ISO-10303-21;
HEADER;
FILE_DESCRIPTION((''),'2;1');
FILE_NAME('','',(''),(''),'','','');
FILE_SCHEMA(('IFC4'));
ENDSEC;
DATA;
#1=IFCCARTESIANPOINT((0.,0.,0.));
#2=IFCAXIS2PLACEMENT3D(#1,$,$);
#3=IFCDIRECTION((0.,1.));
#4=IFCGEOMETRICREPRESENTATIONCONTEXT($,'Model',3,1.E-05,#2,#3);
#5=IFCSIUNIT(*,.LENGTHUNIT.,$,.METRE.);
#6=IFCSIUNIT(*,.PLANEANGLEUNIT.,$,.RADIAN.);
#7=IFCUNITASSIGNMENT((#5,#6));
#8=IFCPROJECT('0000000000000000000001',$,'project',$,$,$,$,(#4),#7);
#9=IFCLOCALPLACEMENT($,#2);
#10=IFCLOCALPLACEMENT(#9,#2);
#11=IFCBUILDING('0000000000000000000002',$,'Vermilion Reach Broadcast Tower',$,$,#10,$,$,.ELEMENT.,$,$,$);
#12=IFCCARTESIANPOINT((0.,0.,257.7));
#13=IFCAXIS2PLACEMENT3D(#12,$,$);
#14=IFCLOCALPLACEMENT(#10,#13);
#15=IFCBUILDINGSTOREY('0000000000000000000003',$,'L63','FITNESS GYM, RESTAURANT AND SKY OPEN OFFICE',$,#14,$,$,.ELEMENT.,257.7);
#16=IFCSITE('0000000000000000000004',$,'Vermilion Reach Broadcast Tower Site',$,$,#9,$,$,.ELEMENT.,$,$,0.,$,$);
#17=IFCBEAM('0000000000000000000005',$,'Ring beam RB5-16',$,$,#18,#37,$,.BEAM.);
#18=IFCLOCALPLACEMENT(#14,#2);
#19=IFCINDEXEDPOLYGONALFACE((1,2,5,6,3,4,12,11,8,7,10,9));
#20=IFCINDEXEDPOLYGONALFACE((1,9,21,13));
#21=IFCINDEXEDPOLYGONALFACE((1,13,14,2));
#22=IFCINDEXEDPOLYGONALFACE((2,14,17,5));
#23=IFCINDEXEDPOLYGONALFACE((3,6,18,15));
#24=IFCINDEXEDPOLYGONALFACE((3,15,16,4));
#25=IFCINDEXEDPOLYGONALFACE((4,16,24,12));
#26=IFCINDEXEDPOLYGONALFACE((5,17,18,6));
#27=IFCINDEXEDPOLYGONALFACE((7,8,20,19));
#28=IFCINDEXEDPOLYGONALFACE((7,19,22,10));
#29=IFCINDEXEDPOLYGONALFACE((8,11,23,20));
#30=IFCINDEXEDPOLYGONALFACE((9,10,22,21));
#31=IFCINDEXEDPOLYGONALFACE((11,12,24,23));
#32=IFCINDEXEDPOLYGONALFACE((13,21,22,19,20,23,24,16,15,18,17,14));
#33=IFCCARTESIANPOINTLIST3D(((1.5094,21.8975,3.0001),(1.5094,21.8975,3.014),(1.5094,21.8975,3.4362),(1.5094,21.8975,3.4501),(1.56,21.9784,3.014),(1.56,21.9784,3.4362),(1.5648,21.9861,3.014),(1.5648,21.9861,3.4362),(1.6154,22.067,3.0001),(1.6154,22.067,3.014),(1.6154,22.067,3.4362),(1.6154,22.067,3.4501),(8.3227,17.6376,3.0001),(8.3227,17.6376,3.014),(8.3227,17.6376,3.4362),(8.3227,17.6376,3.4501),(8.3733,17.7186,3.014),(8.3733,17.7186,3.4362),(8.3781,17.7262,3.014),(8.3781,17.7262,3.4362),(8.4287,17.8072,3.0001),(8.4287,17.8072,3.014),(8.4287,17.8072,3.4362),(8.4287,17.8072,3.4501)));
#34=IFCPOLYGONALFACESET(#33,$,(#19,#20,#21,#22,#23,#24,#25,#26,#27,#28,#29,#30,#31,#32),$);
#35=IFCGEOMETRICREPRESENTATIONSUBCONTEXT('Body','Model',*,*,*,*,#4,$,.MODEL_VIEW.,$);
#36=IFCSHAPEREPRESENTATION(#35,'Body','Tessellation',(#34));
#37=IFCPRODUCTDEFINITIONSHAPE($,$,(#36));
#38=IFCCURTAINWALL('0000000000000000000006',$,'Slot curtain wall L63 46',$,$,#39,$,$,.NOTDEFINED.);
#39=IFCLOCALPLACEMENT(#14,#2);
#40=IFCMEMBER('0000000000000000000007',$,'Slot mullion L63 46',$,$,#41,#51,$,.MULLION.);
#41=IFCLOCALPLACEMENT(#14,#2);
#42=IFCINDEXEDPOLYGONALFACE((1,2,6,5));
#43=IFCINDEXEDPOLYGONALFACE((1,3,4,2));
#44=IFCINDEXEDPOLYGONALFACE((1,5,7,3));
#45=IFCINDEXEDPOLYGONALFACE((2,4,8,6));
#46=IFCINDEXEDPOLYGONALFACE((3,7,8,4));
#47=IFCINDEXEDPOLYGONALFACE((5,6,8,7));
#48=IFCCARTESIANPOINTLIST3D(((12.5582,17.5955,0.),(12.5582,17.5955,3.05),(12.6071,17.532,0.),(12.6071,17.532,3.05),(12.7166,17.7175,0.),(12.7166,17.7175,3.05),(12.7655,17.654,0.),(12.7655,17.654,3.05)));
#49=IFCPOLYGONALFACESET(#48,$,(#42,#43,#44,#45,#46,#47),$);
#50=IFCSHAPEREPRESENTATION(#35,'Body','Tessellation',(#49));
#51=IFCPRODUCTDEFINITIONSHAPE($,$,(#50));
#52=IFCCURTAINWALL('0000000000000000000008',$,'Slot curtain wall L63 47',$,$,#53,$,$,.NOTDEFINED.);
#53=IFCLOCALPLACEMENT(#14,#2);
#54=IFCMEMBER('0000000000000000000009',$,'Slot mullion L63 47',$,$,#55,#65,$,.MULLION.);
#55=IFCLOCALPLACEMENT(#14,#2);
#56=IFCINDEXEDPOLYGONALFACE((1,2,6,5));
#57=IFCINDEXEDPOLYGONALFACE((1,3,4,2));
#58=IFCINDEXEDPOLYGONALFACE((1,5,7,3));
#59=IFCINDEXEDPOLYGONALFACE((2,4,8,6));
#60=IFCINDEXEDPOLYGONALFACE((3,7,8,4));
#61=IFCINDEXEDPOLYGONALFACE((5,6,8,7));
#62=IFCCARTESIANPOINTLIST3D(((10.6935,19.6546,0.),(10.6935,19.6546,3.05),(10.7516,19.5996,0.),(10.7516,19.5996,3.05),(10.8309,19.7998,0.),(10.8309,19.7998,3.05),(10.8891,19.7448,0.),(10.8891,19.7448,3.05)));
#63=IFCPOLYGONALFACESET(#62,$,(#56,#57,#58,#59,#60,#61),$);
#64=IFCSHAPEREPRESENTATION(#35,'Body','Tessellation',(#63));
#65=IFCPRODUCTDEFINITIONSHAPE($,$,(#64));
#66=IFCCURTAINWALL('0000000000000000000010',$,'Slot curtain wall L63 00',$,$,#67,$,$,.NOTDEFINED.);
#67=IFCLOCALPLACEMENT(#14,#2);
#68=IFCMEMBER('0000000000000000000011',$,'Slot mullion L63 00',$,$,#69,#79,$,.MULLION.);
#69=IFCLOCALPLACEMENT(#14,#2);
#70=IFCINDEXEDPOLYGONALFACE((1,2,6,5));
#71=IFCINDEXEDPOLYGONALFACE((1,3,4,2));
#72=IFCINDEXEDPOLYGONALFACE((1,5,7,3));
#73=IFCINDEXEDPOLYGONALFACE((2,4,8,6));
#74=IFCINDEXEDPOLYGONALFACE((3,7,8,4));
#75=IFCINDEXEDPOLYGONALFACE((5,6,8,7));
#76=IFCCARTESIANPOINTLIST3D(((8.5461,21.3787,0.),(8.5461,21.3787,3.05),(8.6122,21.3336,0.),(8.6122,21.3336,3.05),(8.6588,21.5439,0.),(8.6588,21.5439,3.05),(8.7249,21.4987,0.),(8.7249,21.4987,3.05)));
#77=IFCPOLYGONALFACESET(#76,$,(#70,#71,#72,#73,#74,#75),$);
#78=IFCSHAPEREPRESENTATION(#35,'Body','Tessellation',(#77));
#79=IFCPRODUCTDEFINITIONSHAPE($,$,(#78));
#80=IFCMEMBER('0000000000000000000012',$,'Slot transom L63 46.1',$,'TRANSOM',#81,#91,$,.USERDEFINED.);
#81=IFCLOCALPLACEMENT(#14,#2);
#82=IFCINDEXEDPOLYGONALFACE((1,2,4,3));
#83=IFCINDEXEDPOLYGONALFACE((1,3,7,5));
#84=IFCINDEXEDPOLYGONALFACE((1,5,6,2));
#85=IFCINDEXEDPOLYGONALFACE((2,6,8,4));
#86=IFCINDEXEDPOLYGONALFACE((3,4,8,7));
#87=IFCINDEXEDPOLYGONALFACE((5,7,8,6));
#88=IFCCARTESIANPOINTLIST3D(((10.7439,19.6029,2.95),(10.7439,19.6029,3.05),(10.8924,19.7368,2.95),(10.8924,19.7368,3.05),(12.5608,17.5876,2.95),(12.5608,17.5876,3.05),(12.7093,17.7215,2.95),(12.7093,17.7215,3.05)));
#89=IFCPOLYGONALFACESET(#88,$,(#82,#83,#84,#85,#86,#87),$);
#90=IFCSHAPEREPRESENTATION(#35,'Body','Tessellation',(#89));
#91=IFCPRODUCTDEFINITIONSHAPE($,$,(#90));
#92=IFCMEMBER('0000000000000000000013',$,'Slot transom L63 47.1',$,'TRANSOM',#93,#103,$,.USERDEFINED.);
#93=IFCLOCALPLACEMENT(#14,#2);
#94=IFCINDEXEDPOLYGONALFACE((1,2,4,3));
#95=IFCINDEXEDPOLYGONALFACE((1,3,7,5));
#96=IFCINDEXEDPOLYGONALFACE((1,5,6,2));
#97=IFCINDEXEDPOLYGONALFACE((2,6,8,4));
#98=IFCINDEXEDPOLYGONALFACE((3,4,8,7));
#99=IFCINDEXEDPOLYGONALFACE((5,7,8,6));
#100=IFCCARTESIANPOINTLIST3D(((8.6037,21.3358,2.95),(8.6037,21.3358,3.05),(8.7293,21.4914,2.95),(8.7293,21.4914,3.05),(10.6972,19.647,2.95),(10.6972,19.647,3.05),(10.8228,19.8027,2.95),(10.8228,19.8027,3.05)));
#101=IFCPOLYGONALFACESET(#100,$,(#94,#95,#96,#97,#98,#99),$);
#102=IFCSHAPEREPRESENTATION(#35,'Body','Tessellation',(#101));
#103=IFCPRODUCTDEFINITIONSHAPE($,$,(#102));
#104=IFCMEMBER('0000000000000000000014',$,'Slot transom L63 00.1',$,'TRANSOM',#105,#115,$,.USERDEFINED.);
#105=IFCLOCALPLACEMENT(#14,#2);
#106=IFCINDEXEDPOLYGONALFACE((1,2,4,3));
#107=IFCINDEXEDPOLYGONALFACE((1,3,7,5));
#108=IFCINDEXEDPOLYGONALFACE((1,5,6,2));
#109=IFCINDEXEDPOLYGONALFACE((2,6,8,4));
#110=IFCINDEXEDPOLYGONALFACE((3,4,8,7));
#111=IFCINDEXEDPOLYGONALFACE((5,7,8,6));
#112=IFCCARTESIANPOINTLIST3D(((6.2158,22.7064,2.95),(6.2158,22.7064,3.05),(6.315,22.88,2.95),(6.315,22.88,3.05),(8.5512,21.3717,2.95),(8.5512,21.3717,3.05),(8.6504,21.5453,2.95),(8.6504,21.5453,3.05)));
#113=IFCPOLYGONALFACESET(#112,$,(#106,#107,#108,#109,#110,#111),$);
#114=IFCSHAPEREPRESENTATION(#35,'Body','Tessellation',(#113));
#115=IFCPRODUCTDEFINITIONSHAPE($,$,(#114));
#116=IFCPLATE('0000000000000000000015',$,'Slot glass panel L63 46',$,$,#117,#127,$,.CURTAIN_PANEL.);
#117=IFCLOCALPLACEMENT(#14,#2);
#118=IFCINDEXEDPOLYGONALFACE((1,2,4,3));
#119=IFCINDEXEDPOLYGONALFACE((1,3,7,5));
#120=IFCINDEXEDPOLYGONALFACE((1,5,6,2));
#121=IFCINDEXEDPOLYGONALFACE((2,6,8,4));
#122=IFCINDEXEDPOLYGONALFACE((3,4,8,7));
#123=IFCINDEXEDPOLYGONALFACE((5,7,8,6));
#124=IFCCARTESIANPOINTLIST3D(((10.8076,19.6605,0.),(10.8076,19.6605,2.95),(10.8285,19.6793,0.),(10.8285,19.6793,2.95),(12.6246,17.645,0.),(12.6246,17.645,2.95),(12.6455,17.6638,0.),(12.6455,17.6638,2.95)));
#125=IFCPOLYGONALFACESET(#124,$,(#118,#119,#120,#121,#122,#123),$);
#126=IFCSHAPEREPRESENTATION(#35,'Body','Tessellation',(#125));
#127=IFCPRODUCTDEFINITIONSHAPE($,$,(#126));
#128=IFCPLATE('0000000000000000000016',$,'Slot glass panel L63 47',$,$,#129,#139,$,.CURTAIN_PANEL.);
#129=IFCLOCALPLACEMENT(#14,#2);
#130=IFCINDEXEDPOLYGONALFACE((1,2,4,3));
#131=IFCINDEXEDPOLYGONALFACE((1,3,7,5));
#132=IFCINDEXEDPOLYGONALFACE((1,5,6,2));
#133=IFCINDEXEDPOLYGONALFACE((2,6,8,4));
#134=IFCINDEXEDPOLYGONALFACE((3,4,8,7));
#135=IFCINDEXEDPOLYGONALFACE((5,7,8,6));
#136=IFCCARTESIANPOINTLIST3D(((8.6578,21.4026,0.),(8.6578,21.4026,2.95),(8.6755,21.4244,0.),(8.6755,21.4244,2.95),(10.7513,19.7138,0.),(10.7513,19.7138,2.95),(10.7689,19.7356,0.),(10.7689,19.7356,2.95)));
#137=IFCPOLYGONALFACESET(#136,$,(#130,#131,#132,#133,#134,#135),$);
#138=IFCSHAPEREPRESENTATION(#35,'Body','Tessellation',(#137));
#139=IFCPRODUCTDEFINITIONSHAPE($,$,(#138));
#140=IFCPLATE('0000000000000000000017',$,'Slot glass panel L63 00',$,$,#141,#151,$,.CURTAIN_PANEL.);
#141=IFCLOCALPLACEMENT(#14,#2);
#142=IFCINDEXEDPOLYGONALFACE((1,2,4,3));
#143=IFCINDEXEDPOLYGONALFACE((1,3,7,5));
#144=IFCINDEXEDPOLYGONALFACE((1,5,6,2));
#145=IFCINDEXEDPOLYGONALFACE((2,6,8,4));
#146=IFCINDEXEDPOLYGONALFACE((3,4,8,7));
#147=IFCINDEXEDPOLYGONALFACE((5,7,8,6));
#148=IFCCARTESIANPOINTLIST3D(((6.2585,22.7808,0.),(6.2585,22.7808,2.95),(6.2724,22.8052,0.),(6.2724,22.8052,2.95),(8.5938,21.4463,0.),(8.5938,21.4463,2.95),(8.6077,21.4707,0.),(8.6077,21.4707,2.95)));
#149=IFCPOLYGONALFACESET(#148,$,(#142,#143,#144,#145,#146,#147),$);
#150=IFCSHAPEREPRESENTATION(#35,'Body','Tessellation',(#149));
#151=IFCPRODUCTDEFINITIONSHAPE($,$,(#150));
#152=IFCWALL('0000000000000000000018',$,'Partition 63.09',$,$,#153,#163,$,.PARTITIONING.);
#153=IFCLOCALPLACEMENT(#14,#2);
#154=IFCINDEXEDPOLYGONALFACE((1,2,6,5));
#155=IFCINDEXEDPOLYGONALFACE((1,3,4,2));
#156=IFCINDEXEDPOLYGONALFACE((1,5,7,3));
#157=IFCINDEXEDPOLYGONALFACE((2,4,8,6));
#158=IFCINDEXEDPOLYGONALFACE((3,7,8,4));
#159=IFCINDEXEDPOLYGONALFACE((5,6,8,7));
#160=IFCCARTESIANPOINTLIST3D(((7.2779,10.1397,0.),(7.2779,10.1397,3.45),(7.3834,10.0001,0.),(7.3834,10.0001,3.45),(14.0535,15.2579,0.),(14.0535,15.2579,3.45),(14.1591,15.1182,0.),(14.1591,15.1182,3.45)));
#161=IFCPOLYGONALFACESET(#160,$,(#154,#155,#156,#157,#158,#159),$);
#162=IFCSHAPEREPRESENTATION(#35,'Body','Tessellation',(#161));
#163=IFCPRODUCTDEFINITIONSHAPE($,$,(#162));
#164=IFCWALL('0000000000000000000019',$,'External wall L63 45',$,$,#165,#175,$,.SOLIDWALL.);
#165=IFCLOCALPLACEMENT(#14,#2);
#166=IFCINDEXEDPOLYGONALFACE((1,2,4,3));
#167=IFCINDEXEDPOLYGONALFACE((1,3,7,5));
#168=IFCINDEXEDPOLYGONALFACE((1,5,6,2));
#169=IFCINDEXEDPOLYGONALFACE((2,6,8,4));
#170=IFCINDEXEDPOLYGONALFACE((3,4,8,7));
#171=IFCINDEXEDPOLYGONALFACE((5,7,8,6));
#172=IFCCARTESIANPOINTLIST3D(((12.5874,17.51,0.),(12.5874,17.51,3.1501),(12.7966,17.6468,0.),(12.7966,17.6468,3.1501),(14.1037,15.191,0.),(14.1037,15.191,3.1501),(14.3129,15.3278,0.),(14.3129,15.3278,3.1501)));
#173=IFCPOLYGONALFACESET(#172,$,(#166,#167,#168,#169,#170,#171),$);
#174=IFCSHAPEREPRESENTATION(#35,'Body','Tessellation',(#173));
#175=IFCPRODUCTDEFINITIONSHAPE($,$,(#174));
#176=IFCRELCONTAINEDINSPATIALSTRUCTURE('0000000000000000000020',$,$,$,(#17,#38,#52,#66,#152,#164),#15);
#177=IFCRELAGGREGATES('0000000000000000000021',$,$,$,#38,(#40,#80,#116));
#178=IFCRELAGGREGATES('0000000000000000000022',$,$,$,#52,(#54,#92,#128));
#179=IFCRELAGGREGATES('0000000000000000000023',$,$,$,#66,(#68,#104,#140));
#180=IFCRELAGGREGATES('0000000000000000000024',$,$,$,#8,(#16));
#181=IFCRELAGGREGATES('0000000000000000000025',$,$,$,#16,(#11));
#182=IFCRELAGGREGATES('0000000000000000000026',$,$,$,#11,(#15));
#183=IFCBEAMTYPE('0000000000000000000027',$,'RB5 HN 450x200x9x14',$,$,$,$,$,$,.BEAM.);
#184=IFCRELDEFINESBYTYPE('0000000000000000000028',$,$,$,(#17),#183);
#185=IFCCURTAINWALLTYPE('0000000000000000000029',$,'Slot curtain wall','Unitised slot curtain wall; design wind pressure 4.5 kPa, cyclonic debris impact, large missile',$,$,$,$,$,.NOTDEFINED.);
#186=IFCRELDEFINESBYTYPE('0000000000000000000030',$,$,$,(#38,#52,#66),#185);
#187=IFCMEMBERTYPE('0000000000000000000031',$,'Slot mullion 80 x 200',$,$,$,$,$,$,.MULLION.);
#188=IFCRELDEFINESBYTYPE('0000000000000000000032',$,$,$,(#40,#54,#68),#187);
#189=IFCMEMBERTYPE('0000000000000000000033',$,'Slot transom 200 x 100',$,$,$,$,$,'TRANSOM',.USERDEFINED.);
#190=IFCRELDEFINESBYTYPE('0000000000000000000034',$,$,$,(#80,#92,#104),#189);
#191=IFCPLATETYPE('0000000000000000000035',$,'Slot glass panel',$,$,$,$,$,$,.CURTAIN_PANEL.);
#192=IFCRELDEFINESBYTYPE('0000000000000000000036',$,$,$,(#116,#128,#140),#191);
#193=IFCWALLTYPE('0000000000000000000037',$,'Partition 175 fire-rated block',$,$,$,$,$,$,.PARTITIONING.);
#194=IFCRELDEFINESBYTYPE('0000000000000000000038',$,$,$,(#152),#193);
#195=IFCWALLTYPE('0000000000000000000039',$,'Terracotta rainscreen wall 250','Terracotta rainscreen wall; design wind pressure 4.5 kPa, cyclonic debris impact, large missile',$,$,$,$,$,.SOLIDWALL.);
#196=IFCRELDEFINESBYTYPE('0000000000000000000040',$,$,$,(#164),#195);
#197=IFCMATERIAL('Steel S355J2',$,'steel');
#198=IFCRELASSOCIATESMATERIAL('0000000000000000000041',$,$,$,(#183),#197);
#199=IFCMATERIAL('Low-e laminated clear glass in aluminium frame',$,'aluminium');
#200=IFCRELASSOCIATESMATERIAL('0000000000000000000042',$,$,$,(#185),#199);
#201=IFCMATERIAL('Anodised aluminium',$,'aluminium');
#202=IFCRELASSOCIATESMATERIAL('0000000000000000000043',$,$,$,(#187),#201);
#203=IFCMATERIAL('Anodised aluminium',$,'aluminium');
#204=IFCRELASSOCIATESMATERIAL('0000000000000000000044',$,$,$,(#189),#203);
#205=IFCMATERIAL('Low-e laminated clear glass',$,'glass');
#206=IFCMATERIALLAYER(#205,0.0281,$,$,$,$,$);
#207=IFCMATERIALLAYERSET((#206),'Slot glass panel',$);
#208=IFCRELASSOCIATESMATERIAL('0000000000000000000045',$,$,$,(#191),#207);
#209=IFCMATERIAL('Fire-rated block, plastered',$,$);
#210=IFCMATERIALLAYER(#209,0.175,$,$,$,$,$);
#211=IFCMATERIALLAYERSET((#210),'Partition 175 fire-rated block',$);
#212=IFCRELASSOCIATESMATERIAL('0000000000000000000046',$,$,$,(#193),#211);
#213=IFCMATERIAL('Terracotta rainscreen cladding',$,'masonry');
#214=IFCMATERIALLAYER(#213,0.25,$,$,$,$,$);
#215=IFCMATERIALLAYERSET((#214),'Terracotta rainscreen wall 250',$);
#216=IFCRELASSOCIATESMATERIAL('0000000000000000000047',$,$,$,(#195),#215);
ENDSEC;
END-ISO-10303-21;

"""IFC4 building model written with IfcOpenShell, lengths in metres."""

from ifc_helpers import new_model, si_unit, direction, frame, frame_2d, origin, origin_2d, place, context, subcontext, project, spatial, rectangle, i_section, extrude, material, layer, layer_set, material_profile, profile_set, type_object, element, aggregate, save


model = new_model("IFC4")

# Units and contexts
model_context = context("Model", 3, precision=1e-05, world=origin(), true_north=direction((0.0, 1.0)))
body_context = subcontext(model_context, "Body", "Model", "MODEL_VIEW")
ifc_project = project(units=[si_unit("LENGTHUNIT", "METRE"), si_unit("PLANEANGLEUNIT", "RADIAN")], contexts=[model_context])

# Site, building, storey
site_placement = place(None, origin())
site = spatial("IfcSite", under=ifc_project, at=site_placement, Name="Vermilion Reach Broadcast Tower Site", CompositionType="ELEMENT", RefElevation=0.0)
building_placement = place(site_placement, origin())
building = spatial("IfcBuilding", under=site, at=building_placement, Name="Vermilion Reach Broadcast Tower", CompositionType="ELEMENT")
storey_placement = place(building_placement, frame((0.0, 0.0, 257.7)))
storey = spatial("IfcBuildingStorey", under=building, at=storey_placement, Name="L63", Description="FITNESS GYM, RESTAURANT AND SKY OPEN OFFICE", CompositionType="ELEMENT", Elevation=257.7)

# Beam
ifc_material_1 = material(Name="Steel S355J2", Category="steel")
ifc_material_profile_1 = material_profile(ifc_material_1, i_section(OverallWidth=0.2, OverallDepth=0.45, WebThickness=0.009, FlangeThickness=0.0139, at=origin_2d()), Name="S355J2 HN 450x200x9x14")
ifc_profile_set_1 = profile_set([ifc_material_profile_1], Name="Steel S355J2")
beam_type_1 = type_object("IfcBeamType", Name="RB5 HN 450x200x9x14", PredefinedType="BEAM", material=ifc_profile_set_1)
beam_1_placement = place(storey_placement, frame((8.3757, 17.7224, 3.2251), z_axis=(-0.847915, 0.530133, 0.0), x_axis=(-0.530133, -0.847915, 0.0)))
element("IfcBeam", 1, at=beam_1_placement, inside=storey, type_object=beam_type_1, Name="Ring beam RB5-16", PredefinedType="BEAM", context=body_context, shape_type="SweptSolid", body=[
    extrude(i_section(OverallWidth=0.2, OverallDepth=0.45, WebThickness=0.009, FlangeThickness=0.0139, at=origin_2d()), origin(), (0.0, 0.0, 1.0), 8.0354),
])

# Curtain walls, members
ifc_material_2 = material(Name="Low-e laminated clear glass in aluminium frame", Category="aluminium")
curtain_wall_type = type_object("IfcCurtainWallType", Name="Slot curtain wall", Description="Unitised slot curtain wall; design wind pressure 4.5 kPa, cyclonic debris impact, large missile", PredefinedType="NOTDEFINED", material=ifc_material_2)
placement = place(storey_placement, origin())
curtain_wall_1 = element("IfcCurtainWall", 2, at=placement, inside=storey, type_object=curtain_wall_type, Name="Slot curtain wall L63 46", PredefinedType="NOTDEFINED")
ifc_material_3 = material(Name="Anodised aluminium", Category="aluminium")
ifc_material_profile_2 = material_profile(ifc_material_3, rectangle(XDim=0.2, YDim=0.0801, at=origin_2d()), Name="Slot mullion 80 x 200")
ifc_profile_set_2 = profile_set([ifc_material_profile_2], Name="Anodised aluminium")
member_type_1 = type_object("IfcMemberType", Name="Slot mullion 80 x 200", PredefinedType="MULLION", material=ifc_profile_set_2)
member_1_placement = place(storey_placement, frame((12.6619, 17.6248, 0.0), z_axis=(0.0, 0.0, 1.0), x_axis=(-0.79222, -0.610235, 0.0)))
member_1 = element("IfcMember", 3, at=member_1_placement, type_object=member_type_1, Name="Slot mullion L63 46", PredefinedType="MULLION", context=body_context, shape_type="SweptSolid", body=[
    extrude(rectangle(XDim=0.2, YDim=0.0801, at=origin_2d()), origin(), (0.0, 0.0, 1.0), 3.05),
])
curtain_wall_2 = element("IfcCurtainWall", 4, at=placement, inside=storey, type_object=curtain_wall_type, Name="Slot curtain wall L63 47", PredefinedType="NOTDEFINED")
member_2_placement = place(storey_placement, frame((10.7913, 19.6997, 0.0), z_axis=(0.0, 0.0, 1.0), x_axis=(-0.687454, -0.726228, 0.0)))
member_2 = element("IfcMember", 5, at=member_2_placement, type_object=member_type_1, Name="Slot mullion L63 47", PredefinedType="MULLION", context=body_context, shape_type="SweptSolid", body=[
    extrude(rectangle(XDim=0.2, YDim=0.0801, at=origin_2d()), origin(), (0.0, 0.0, 1.0), 3.05),
])
curtain_wall_3 = element("IfcCurtainWall", 6, at=placement, inside=storey, type_object=curtain_wall_type, Name="Slot curtain wall L63 00", PredefinedType="NOTDEFINED")
member_3_placement = place(storey_placement, frame((8.6355, 21.4387, 0.0), z_axis=(0.0, 0.0, 1.0), x_axis=(-0.563814, -0.825901, 0.0)))
member_3 = element("IfcMember", 7, at=member_3_placement, type_object=member_type_1, Name="Slot mullion L63 00", PredefinedType="MULLION", context=body_context, shape_type="SweptSolid", body=[
    extrude(rectangle(XDim=0.2, YDim=0.0801, at=origin_2d()), origin(), (0.0, 0.0, 1.0), 3.05),
])

# Members
ifc_material_4 = material(Name="Anodised aluminium", Category="aluminium")
ifc_material_profile_3 = material_profile(ifc_material_4, rectangle(XDim=0.2, YDim=0.1001, at=origin_2d()), Name="Slot transom 200 x 100")
ifc_profile_set_3 = profile_set([ifc_material_profile_3], Name="Anodised aluminium")
member_type_2 = type_object("IfcMemberType", Name="Slot transom 200 x 100", ElementType="TRANSOM", PredefinedType="USERDEFINED", material=ifc_profile_set_3)
member_4_placement = place(storey_placement, frame((12.635, 17.6545, 3.0), z_axis=(-0.669586, 0.742735, 0.0), x_axis=(-0.742735, -0.669586, 0.0)))
member_4 = element("IfcMember", 8, at=member_4_placement, type_object=member_type_2, Name="Slot transom L63 46.1", ObjectType="TRANSOM", PredefinedType="USERDEFINED", context=body_context, shape_type="SweptSolid", body=[
    extrude(rectangle(XDim=0.2, YDim=0.1001, at=origin_2d()), origin(), (0.0, 0.0, 1.0), 2.7134),
])
member_5_placement = place(storey_placement, frame((10.76, 19.7249, 3.0), z_axis=(-0.778339, 0.627845, 0.0), x_axis=(-0.627845, -0.778339, 0.0)))
member_5 = element("IfcMember", 9, at=member_5_placement, type_object=member_type_2, Name="Slot transom L63 47.1", ObjectType="TRANSOM", PredefinedType="USERDEFINED", context=body_context, shape_type="SweptSolid", body=[
    extrude(rectangle(XDim=0.2, YDim=0.1001, at=origin_2d()), origin(), (0.0, 0.0, 1.0), 2.6897),
])
member_6_placement = place(storey_placement, frame((8.6008, 21.4585, 3.0), z_axis=(-0.868215, 0.496188, 0.0), x_axis=(-0.496188, -0.868215, 0.0)))
member_6 = element("IfcMember", 10, at=member_6_placement, type_object=member_type_2, Name="Slot transom L63 00.1", ObjectType="TRANSOM", PredefinedType="USERDEFINED", context=body_context, shape_type="SweptSolid", body=[
    extrude(rectangle(XDim=0.2, YDim=0.1001, at=origin_2d()), origin(), (0.0, 0.0, 1.0), 2.6899),
])

# Plates
ifc_material_5 = material(Name="Low-e laminated clear glass", Category="glass")
ifc_layer_1 = layer(ifc_material_5, 0.0281)
ifc_layer_set_1 = layer_set([ifc_layer_1], Name="Slot glass panel")
plate_type = type_object("IfcPlateType", Name="Slot glass panel", PredefinedType="CURTAIN_PANEL", material=ifc_layer_set_1)
plate_1_placement = place(storey_placement, frame((11.7266, 18.6621, 0.0), z_axis=(0.0, 0.0, 1.0), x_axis=(-0.66959, 0.742731, 0.0)))
plate_1 = element("IfcPlate", 11, at=plate_1_placement, type_object=plate_type, Name="Slot glass panel L63 46", PredefinedType="CURTAIN_PANEL", context=body_context, shape_type="SweptSolid", body=[
    extrude(rectangle(XDim=2.7136, YDim=0.0281, at=origin_2d()), origin(), (0.0, 0.0, 1.0), 2.95),
])
aggregate(curtain_wall_1, [member_1, member_4, plate_1])
plate_2_placement = place(storey_placement, frame((9.7134, 20.5691, 0.0), z_axis=(0.0, 0.0, 1.0), x_axis=(-0.778317, 0.627871, 0.0)))
plate_2 = element("IfcPlate", 12, at=plate_2_placement, type_object=plate_type, Name="Slot glass panel L63 47", PredefinedType="CURTAIN_PANEL", context=body_context, shape_type="SweptSolid", body=[
    extrude(rectangle(XDim=2.6897, YDim=0.0281, at=origin_2d()), origin(), (0.0, 0.0, 1.0), 2.95),
])
aggregate(curtain_wall_2, [member_2, member_5, plate_2])
plate_3_placement = place(storey_placement, frame((7.4331, 22.1257, 0.0), z_axis=(0.0, 0.0, 1.0), x_axis=(-0.868227, 0.496167, 0.0)))
plate_3 = element("IfcPlate", 13, at=plate_3_placement, type_object=plate_type, Name="Slot glass panel L63 00", PredefinedType="CURTAIN_PANEL", context=body_context, shape_type="SweptSolid", body=[
    extrude(rectangle(XDim=2.6897, YDim=0.0281, at=origin_2d()), origin(), (0.0, 0.0, 1.0), 2.95),
])
aggregate(curtain_wall_3, [member_3, member_6, plate_3])

# Wall
ifc_material_6 = material(Name="Fire-rated block, plastered")
ifc_layer_2 = layer(ifc_material_6, 0.175)
ifc_layer_set_2 = layer_set([ifc_layer_2], Name="Partition 175 fire-rated block")
wall_type_1 = type_object("IfcWallType", Name="Partition 175 fire-rated block", PredefinedType="PARTITIONING", material=ifc_layer_set_2)
wall_1_placement = place(storey_placement, frame((14.1062, 15.188, 0.0), z_axis=(0.0, 0.0, 1.0), x_axis=(-0.797936, -0.602743, 0.0)))
element("IfcWall", 14, at=wall_1_placement, inside=storey, type_object=wall_type_1, Name="Partition 63.09", PredefinedType="PARTITIONING", context=body_context, shape_type="SweptSolid", body=[
    extrude(rectangle(XDim=8.4915, YDim=0.175, at=frame_2d((4.2456, 0.0))), origin(), (0.0, 0.0, 1.0), 3.45),
])

# Shared definitions
ifc_material_7 = material(Name="Terracotta rainscreen cladding", Category="masonry")
ifc_layer_3 = layer(ifc_material_7, 0.25)
ifc_layer_set_3 = layer_set([ifc_layer_3], Name="Terracotta rainscreen wall 250")
wall_type_2 = type_object("IfcWallType", Name="Terracotta rainscreen wall 250", Description="Terracotta rainscreen wall; design wind pressure 4.5 kPa, cyclonic debris impact, large missile", PredefinedType="SOLIDWALL", material=ifc_layer_set_3)

# Wall
wall_2_placement = place(storey_placement, frame((14.2083, 15.2595, 0.0), z_axis=(0.0, 0.0, 1.0), x_axis=(-0.547256, 0.836965, 0.0)))
element("IfcWall", 15, at=wall_2_placement, inside=storey, type_object=wall_type_2, Name="External wall L63 45", PredefinedType="SOLIDWALL", context=body_context, shape_type="SweptSolid", body=[
    extrude(rectangle(XDim=2.7708, YDim=0.25, at=frame_2d((1.3853, 0.0))), origin(), (0.0, 0.0, 1.0), 3.1501),
])

save(model, "model.ifc")
